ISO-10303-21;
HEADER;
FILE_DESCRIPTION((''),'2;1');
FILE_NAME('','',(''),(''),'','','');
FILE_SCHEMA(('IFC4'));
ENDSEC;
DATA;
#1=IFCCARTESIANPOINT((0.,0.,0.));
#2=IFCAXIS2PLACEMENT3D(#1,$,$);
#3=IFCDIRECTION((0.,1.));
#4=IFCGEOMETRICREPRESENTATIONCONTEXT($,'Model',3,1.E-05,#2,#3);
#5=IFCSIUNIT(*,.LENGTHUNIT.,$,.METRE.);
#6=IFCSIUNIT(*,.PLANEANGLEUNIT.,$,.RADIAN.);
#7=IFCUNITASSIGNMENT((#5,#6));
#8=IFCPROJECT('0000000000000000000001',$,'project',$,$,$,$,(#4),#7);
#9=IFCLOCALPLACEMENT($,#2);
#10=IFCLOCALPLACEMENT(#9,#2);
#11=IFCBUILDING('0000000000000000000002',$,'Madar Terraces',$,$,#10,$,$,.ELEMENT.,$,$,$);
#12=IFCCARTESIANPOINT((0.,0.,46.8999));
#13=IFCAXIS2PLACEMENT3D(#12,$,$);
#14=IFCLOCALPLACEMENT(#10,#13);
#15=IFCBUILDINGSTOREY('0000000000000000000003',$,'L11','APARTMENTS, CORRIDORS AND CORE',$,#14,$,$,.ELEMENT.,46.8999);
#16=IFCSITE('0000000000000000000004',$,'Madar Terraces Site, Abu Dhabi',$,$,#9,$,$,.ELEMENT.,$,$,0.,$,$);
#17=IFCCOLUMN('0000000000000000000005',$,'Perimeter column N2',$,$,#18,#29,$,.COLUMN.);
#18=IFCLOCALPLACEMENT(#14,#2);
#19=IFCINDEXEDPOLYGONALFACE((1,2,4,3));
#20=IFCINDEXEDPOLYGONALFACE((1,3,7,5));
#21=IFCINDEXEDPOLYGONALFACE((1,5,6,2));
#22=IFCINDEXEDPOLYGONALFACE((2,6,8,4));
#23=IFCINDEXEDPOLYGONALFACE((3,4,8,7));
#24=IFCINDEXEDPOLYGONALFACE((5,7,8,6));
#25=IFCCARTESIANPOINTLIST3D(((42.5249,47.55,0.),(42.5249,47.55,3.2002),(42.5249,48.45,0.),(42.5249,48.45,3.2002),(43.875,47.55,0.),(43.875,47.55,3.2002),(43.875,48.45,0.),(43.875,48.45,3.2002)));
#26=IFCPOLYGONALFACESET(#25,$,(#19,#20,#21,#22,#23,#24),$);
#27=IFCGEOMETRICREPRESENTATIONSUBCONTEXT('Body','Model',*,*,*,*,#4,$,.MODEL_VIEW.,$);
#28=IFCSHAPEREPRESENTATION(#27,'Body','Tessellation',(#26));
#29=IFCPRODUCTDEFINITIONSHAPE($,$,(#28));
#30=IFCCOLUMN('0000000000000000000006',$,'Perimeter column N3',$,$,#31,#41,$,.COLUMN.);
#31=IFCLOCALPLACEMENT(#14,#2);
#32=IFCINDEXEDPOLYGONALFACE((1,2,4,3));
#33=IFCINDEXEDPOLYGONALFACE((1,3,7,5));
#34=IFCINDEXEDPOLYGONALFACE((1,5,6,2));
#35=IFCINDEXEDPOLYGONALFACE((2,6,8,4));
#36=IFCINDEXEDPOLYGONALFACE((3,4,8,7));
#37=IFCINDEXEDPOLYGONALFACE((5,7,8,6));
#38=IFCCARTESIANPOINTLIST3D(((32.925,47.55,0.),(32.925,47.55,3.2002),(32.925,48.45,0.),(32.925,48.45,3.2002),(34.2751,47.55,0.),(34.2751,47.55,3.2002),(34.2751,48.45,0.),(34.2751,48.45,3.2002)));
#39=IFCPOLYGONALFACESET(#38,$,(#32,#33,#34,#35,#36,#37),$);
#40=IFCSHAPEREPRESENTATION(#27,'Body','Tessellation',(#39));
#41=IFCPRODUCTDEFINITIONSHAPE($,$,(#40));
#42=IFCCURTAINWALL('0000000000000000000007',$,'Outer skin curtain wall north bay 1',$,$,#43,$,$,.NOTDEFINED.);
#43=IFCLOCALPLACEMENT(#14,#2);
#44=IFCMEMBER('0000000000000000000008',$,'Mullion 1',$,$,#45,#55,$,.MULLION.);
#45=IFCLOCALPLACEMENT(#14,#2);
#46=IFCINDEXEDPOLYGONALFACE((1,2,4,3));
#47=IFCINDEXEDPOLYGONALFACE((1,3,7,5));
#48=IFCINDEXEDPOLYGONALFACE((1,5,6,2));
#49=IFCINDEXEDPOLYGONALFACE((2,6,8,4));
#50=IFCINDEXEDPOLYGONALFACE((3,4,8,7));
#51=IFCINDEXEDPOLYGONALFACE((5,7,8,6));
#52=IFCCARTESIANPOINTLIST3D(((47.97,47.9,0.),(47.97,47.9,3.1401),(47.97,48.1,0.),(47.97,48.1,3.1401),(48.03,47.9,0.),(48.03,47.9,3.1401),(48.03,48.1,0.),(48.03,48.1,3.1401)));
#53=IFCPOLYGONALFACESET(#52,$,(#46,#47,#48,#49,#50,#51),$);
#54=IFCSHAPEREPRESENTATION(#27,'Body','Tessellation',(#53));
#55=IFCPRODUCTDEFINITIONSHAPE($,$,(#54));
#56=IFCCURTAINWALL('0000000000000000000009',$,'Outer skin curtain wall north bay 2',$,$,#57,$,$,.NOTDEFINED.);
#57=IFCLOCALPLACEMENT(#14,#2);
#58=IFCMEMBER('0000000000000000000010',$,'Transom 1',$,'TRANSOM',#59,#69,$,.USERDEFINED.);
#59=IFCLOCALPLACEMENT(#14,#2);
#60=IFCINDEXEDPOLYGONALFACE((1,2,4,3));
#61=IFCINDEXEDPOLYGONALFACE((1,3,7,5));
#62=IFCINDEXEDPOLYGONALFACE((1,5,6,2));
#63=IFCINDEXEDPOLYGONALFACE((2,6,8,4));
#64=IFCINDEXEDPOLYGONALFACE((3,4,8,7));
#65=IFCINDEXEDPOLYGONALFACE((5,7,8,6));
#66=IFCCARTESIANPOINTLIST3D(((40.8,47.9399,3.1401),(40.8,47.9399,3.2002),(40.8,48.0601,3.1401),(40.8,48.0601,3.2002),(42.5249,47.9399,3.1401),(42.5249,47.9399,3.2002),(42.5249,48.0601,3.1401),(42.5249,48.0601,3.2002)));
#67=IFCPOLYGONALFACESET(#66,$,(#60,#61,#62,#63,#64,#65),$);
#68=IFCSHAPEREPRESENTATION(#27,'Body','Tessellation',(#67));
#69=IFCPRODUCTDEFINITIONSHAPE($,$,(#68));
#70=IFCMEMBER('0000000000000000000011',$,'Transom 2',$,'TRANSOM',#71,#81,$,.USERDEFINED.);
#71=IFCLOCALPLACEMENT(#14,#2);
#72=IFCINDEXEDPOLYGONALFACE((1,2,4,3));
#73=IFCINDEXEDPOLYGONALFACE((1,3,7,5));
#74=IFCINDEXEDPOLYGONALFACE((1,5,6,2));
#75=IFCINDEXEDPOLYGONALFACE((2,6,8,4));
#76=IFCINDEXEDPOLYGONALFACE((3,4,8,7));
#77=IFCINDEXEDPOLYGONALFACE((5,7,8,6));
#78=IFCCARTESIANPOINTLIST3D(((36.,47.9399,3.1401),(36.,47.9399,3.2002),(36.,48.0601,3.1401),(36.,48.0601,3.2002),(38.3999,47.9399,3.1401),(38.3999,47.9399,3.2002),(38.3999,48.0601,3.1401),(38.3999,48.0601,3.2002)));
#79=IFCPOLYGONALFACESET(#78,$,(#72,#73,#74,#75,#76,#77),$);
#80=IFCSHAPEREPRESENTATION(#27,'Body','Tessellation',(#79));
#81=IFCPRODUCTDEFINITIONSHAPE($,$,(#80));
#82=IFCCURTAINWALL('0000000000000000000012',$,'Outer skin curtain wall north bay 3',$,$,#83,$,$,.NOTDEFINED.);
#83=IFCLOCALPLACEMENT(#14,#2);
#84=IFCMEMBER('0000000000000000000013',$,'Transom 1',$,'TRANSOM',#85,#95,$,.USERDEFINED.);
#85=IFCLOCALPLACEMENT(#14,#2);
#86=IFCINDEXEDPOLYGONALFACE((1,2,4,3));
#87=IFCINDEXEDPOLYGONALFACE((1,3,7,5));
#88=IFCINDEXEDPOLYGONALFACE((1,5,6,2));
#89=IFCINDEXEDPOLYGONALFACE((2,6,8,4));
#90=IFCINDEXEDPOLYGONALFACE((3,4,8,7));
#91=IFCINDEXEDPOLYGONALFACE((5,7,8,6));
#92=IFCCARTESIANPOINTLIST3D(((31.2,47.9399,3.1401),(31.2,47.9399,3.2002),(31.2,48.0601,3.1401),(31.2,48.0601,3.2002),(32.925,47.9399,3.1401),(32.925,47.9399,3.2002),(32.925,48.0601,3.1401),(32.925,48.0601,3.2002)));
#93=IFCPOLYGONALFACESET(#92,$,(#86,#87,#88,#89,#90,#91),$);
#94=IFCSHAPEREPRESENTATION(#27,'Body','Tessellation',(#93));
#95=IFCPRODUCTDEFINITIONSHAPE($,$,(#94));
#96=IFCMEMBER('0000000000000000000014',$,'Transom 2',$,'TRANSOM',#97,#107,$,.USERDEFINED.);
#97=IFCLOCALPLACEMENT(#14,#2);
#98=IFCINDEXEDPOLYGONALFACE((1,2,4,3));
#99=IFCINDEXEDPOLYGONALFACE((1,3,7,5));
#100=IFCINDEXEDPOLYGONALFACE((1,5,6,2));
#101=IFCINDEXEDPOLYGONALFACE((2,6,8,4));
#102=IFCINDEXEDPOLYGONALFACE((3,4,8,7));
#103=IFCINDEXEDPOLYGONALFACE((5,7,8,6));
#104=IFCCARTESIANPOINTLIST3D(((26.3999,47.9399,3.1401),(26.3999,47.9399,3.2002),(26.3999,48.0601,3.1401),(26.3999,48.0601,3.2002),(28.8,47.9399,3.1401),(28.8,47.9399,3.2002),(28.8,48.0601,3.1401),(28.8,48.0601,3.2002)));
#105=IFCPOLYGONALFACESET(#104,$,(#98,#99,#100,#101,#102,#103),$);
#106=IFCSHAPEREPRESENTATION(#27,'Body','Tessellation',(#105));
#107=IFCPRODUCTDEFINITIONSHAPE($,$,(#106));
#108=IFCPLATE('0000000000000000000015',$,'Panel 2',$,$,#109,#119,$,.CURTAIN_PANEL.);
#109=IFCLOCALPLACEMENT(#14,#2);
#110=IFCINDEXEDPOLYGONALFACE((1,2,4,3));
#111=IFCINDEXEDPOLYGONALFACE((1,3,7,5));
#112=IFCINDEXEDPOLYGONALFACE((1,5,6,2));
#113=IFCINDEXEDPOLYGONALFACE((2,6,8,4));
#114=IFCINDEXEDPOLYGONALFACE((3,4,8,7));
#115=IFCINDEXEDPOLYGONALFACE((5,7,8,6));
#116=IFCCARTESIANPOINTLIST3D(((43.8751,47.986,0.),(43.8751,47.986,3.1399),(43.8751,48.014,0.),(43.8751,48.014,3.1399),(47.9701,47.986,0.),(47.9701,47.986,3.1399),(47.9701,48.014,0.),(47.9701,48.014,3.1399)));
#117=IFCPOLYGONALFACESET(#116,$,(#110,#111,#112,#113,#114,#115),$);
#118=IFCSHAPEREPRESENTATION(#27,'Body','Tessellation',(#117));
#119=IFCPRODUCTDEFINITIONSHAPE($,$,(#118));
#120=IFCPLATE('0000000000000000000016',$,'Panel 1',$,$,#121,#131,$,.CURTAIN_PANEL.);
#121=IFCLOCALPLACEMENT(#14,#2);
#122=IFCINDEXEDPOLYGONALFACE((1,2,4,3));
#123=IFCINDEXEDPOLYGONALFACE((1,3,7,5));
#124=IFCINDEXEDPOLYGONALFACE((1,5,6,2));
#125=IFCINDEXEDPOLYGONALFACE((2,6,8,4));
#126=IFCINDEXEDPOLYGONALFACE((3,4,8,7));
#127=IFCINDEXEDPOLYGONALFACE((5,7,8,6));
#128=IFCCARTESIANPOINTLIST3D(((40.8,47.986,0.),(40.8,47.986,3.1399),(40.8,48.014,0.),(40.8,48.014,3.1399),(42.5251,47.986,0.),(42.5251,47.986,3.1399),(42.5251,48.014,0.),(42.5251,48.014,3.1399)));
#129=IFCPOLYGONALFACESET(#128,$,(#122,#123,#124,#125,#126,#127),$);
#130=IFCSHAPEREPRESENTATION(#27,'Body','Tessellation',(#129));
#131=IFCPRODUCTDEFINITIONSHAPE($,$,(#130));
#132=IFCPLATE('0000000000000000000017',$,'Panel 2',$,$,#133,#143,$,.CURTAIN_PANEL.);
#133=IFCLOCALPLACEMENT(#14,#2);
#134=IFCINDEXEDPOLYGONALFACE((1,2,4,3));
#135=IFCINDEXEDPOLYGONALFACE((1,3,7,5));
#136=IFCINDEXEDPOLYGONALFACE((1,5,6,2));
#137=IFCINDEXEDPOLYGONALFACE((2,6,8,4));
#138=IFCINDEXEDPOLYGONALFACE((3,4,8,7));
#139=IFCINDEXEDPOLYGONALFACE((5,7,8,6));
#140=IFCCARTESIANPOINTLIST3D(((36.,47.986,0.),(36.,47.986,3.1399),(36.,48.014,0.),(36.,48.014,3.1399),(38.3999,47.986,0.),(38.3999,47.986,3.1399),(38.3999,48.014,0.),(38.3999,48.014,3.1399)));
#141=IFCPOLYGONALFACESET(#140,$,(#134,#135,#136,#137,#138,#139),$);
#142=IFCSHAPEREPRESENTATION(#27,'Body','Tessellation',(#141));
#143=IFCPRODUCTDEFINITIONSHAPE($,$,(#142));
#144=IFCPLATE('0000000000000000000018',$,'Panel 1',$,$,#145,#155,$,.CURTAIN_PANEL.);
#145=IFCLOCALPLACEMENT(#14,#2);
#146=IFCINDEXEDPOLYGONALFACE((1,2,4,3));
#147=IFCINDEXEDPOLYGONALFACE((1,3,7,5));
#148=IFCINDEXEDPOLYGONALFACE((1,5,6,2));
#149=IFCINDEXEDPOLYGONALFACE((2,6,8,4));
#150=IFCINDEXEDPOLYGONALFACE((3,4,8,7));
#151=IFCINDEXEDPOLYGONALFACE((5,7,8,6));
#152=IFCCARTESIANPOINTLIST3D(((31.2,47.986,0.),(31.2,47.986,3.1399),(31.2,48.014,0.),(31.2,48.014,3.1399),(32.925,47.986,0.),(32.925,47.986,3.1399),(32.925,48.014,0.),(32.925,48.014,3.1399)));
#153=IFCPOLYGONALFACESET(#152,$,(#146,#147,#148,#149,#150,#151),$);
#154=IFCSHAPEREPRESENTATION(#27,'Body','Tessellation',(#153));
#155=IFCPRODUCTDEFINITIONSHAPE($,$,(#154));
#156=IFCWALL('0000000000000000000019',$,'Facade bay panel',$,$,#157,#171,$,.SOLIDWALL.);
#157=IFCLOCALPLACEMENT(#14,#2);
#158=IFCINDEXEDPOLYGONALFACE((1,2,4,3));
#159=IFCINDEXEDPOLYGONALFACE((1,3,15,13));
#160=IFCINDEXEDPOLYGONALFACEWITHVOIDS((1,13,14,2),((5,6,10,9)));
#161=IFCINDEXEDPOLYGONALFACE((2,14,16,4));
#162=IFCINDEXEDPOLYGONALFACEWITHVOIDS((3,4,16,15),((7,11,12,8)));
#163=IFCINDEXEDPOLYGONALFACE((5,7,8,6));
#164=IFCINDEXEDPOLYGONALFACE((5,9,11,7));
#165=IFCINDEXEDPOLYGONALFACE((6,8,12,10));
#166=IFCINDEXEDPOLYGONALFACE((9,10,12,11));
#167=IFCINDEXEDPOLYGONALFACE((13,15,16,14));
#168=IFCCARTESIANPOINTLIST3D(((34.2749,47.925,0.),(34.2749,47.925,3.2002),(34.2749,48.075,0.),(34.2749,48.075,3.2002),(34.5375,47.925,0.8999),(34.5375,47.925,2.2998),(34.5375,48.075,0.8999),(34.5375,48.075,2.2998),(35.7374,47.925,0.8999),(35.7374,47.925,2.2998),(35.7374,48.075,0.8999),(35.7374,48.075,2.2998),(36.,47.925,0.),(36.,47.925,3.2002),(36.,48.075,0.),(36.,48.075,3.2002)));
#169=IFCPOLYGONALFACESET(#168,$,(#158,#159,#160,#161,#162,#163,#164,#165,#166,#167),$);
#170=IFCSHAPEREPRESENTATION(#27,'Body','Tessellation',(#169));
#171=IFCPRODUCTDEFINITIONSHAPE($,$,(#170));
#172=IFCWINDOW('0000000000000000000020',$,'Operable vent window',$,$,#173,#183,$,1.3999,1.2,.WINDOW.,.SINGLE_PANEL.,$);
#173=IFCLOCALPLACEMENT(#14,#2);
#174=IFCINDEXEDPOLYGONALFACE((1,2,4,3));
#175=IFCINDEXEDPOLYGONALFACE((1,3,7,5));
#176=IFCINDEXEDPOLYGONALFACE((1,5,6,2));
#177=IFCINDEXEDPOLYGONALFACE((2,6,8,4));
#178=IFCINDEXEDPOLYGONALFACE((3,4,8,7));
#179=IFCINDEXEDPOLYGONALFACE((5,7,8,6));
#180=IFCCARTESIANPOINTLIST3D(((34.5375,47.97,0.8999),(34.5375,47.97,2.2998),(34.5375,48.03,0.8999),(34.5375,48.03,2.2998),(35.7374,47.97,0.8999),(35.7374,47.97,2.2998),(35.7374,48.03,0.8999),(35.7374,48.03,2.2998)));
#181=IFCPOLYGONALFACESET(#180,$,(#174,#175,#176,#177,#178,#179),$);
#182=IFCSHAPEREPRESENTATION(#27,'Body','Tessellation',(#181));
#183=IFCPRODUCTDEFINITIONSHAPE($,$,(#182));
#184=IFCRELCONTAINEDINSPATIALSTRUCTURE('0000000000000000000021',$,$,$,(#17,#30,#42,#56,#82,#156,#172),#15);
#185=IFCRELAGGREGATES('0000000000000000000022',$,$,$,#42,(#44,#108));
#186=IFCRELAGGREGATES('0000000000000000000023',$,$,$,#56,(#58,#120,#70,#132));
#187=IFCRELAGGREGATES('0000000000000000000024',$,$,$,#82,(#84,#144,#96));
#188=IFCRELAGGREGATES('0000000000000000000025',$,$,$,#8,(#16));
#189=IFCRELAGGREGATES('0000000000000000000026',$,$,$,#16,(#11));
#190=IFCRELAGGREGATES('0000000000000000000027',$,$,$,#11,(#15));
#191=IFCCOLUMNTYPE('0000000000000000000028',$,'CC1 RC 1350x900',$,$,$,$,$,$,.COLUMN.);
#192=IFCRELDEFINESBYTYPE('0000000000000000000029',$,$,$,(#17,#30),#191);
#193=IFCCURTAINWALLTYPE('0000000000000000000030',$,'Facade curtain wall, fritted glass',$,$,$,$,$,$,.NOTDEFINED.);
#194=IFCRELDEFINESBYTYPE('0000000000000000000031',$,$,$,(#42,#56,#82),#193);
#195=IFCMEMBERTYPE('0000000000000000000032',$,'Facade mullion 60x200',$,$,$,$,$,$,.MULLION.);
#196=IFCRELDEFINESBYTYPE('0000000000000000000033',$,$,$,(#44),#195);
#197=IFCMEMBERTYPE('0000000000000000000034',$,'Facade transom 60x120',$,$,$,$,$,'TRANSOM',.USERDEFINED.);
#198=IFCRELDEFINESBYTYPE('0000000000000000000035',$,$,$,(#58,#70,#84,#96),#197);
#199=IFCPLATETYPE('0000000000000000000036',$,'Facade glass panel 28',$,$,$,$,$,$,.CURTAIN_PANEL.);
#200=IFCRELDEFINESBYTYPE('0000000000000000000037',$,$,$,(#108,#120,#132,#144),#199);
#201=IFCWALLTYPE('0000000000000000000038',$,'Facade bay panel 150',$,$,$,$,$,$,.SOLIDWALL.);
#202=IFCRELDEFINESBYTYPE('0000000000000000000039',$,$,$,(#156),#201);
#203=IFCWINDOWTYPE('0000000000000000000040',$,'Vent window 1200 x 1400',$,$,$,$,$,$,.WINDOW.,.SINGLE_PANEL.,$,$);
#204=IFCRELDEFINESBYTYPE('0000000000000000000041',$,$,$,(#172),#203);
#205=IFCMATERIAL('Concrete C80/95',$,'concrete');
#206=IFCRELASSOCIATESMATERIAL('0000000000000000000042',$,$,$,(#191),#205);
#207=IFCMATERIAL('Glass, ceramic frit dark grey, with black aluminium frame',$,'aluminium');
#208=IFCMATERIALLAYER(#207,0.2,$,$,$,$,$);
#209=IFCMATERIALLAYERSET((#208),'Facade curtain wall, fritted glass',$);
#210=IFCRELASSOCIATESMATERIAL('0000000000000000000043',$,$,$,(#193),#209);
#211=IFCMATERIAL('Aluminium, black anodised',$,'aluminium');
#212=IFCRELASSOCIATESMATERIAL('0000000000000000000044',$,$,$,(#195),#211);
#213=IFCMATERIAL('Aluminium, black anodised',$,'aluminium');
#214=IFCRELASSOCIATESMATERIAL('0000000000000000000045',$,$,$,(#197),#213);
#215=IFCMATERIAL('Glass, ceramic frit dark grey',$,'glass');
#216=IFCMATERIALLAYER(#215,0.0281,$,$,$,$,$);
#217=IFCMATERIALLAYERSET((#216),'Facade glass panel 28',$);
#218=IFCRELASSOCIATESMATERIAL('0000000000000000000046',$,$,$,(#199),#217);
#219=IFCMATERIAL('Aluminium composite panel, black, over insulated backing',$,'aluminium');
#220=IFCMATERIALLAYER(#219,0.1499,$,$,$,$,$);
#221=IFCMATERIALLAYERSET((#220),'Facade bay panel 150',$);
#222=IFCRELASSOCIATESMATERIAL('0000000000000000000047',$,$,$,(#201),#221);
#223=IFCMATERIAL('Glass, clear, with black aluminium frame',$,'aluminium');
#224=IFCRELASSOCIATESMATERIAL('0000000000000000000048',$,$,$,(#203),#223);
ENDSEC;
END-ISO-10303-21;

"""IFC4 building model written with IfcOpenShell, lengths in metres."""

from ifc_helpers import new_model, si_unit, direction, frame, frame_2d, origin, origin_2d, place, context, subcontext, project, spatial, rectangle, extrude, material, layer, layer_set, material_profile, profile_set, type_object, element, fill, aggregate, save


model = new_model("IFC4")

# Units and contexts
model_context = context("Model", 3, precision=1e-05, world=origin(), true_north=direction((0.0, 1.0)))
body_context = subcontext(model_context, "Body", "Model", "MODEL_VIEW")
ifc_project = project(units=[si_unit("LENGTHUNIT", "METRE"), si_unit("PLANEANGLEUNIT", "RADIAN")], contexts=[model_context])

# Site, building, storey
site_placement = place(None, origin())
site = spatial("IfcSite", under=ifc_project, at=site_placement, Name="Madar Terraces Site, Abu Dhabi", CompositionType="ELEMENT", RefElevation=0.0)
building_placement = place(site_placement, origin())
building = spatial("IfcBuilding", under=site, at=building_placement, Name="Madar Terraces", CompositionType="ELEMENT")
storey_placement = place(building_placement, frame((0.0, 0.0, 46.8999)))
storey = spatial("IfcBuildingStorey", under=building, at=storey_placement, Name="L11", Description="APARTMENTS, CORRIDORS AND CORE", CompositionType="ELEMENT", Elevation=46.8999)

# Columns
ifc_material_1 = material(Name="Concrete C80/95", Category="concrete")
ifc_material_profile_1 = material_profile(ifc_material_1, rectangle(XDim=1.3501, YDim=0.8999, at=origin_2d()), Name="CC1 RC 1350x900")
ifc_profile_set_1 = profile_set([ifc_material_profile_1], Name="Concrete C80/95")
column_type = type_object("IfcColumnType", Name="CC1 RC 1350x900", PredefinedType="COLUMN", material=ifc_profile_set_1)
for number, where, z_axis, x_axis, name in (
    (1, (43.2, 48.0, 0.0), (0.0, 0.0, 1.0), (1.0, 0.0, 0.0), "Perimeter column N2"),
    (2, (33.6001, 48.0, 0.0), (0.0, 0.0, 1.0), (1.0, 0.0, 0.0), "Perimeter column N3"),
):
    element("IfcColumn", number, at=place(storey_placement, frame(where, z_axis=z_axis, x_axis=x_axis)), inside=storey, type_object=column_type, Name=name, PredefinedType="COLUMN", context=body_context, shape_type="SweptSolid", body=[
        extrude(rectangle(XDim=1.3501, YDim=0.8999, at=origin_2d()), origin(), (0.0, 0.0, 1.0), 3.2002),
    ])

# Curtain wall, member
ifc_material_2 = material(Name="Glass, ceramic frit dark grey, with black aluminium frame", Category="aluminium")
ifc_layer_1 = layer(ifc_material_2, 0.2)
ifc_layer_set_1 = layer_set([ifc_layer_1], Name="Facade curtain wall, fritted glass")
curtain_wall_type = type_object("IfcCurtainWallType", Name="Facade curtain wall, fritted glass", PredefinedType="NOTDEFINED", material=ifc_layer_set_1)
curtain_wall_1_placement = place(storey_placement, origin())
curtain_wall_1 = element("IfcCurtainWall", 3, at=curtain_wall_1_placement, inside=storey, type_object=curtain_wall_type, Name="Outer skin curtain wall north bay 1", PredefinedType="NOTDEFINED")
ifc_material_3 = material(Name="Aluminium, black anodised", Category="aluminium")
ifc_material_profile_2 = material_profile(ifc_material_3, rectangle(XDim=0.2, YDim=0.0601, at=origin_2d()), Name="Facade mullion 60x200")
ifc_profile_set_2 = profile_set([ifc_material_profile_2], Name="Aluminium, black anodised")
member_type_1 = type_object("IfcMemberType", Name="Facade mullion 60x200", PredefinedType="MULLION", material=ifc_profile_set_2)
member_1_placement = place(storey_placement, frame((48.0, 48.0, 0.0), z_axis=(0.0, 0.0, 1.0), x_axis=(0.0, -1.0, 0.0)))
member_1 = element("IfcMember", 4, at=member_1_placement, type_object=member_type_1, Name="Mullion 1", PredefinedType="MULLION", context=body_context, shape_type="SweptSolid", body=[
    extrude(rectangle(XDim=0.2, YDim=0.0601, at=origin_2d()), origin(), (0.0, 0.0, 1.0), 3.1401),
])

# Curtain walls, members
curtain_wall_2_placement = place(storey_placement, origin())
curtain_wall_2 = element("IfcCurtainWall", 5, at=curtain_wall_2_placement, inside=storey, type_object=curtain_wall_type, Name="Outer skin curtain wall north bay 2", PredefinedType="NOTDEFINED")
ifc_material_4 = material(Name="Aluminium, black anodised", Category="aluminium")
ifc_material_profile_3 = material_profile(ifc_material_4, rectangle(XDim=0.1201, YDim=0.0601, at=origin_2d()), Name="Facade transom 60x120")
ifc_profile_set_3 = profile_set([ifc_material_profile_3], Name="Aluminium, black anodised")
member_type_2 = type_object("IfcMemberType", Name="Facade transom 60x120", ElementType="TRANSOM", PredefinedType="USERDEFINED", material=ifc_profile_set_3)
member_2_placement = place(storey_placement, frame((42.5249, 48.0, 3.1702), z_axis=(-1.0, 0.0, 0.0), x_axis=(0.0, -1.0, 0.0)))
member_2 = element("IfcMember", 6, at=member_2_placement, type_object=member_type_2, Name="Transom 1", ObjectType="TRANSOM", PredefinedType="USERDEFINED", context=body_context, shape_type="SweptSolid", body=[
    extrude(rectangle(XDim=0.1201, YDim=0.0601, at=origin_2d()), origin(), (0.0, 0.0, 1.0), 1.7249),
])
member_3_placement = place(storey_placement, frame((38.3999, 48.0, 3.1702), z_axis=(-1.0, 0.0, 0.0), x_axis=(0.0, -1.0, 0.0)))
member_3 = element("IfcMember", 7, at=member_3_placement, type_object=member_type_2, Name="Transom 2", ObjectType="TRANSOM", PredefinedType="USERDEFINED", context=body_context, shape_type="SweptSolid", body=[
    extrude(rectangle(XDim=0.1201, YDim=0.0601, at=origin_2d()), origin(), (0.0, 0.0, 1.0), 2.3999),
])
curtain_wall_3_placement = place(storey_placement, origin())
curtain_wall_3 = element("IfcCurtainWall", 8, at=curtain_wall_3_placement, inside=storey, type_object=curtain_wall_type, Name="Outer skin curtain wall north bay 3", PredefinedType="NOTDEFINED")
member_4_placement = place(storey_placement, frame((32.925, 48.0, 3.1702), z_axis=(-1.0, 0.0, 0.0), x_axis=(0.0, -1.0, 0.0)))
member_4 = element("IfcMember", 9, at=member_4_placement, type_object=member_type_2, Name="Transom 1", ObjectType="TRANSOM", PredefinedType="USERDEFINED", context=body_context, shape_type="SweptSolid", body=[
    extrude(rectangle(XDim=0.1201, YDim=0.0601, at=origin_2d()), origin(), (0.0, 0.0, 1.0), 1.7251),
])
member_5_placement = place(storey_placement, frame((28.8, 48.0, 3.1702), z_axis=(-1.0, 0.0, 0.0), x_axis=(0.0, -1.0, 0.0)))
member_5 = element("IfcMember", 10, at=member_5_placement, type_object=member_type_2, Name="Transom 2", ObjectType="TRANSOM", PredefinedType="USERDEFINED", context=body_context, shape_type="SweptSolid", body=[
    extrude(rectangle(XDim=0.1201, YDim=0.0601, at=origin_2d()), origin(), (0.0, 0.0, 1.0), 2.4001),
])

# Plates
ifc_material_5 = material(Name="Glass, ceramic frit dark grey", Category="glass")
ifc_layer_2 = layer(ifc_material_5, 0.0281)
ifc_layer_set_2 = layer_set([ifc_layer_2], Name="Facade glass panel 28")
plate_type = type_object("IfcPlateType", Name="Facade glass panel 28", PredefinedType="CURTAIN_PANEL", material=ifc_layer_set_2)
plate_1_placement = place(storey_placement, frame((45.9226, 48.0, 0.0), z_axis=(0.0, 0.0, 1.0), x_axis=(-1.0, 0.0, 0.0)))
plate_1 = element("IfcPlate", 11, at=plate_1_placement, type_object=plate_type, Name="Panel 2", PredefinedType="CURTAIN_PANEL", context=body_context, shape_type="SweptSolid", body=[
    extrude(rectangle(XDim=4.095, YDim=0.0281, at=origin_2d()), origin(), (0.0, 0.0, 1.0), 3.1399),
])
aggregate(curtain_wall_1, [member_1, plate_1])
plate_2_placement = place(storey_placement, frame((41.6626, 48.0, 0.0), z_axis=(0.0, 0.0, 1.0), x_axis=(-1.0, 0.0, 0.0)))
plate_2 = element("IfcPlate", 12, at=plate_2_placement, type_object=plate_type, Name="Panel 1", PredefinedType="CURTAIN_PANEL", context=body_context, shape_type="SweptSolid", body=[
    extrude(rectangle(XDim=1.7251, YDim=0.0281, at=origin_2d()), origin(), (0.0, 0.0, 1.0), 3.1399),
])
plate_3_placement = place(storey_placement, frame((37.2, 48.0, 0.0), z_axis=(0.0, 0.0, 1.0), x_axis=(-1.0, 0.0, 0.0)))
plate_3 = element("IfcPlate", 13, at=plate_3_placement, type_object=plate_type, Name="Panel 2", PredefinedType="CURTAIN_PANEL", context=body_context, shape_type="SweptSolid", body=[
    extrude(rectangle(XDim=2.3999, YDim=0.0281, at=origin_2d()), origin(), (0.0, 0.0, 1.0), 3.1399),
])
aggregate(curtain_wall_2, [member_2, plate_2, member_3, plate_3])
plate_4_placement = place(storey_placement, frame((32.0625, 48.0, 0.0), z_axis=(0.0, 0.0, 1.0), x_axis=(-1.0, 0.0, 0.0)))
plate_4 = element("IfcPlate", 14, at=plate_4_placement, type_object=plate_type, Name="Panel 1", PredefinedType="CURTAIN_PANEL", context=body_context, shape_type="SweptSolid", body=[
    extrude(rectangle(XDim=1.7251, YDim=0.0281, at=origin_2d()), origin(), (0.0, 0.0, 1.0), 3.1399),
])
aggregate(curtain_wall_3, [member_4, plate_4, member_5])

# Shared definitions
ifc_material_6 = material(Name="Aluminium composite panel, black, over insulated backing", Category="aluminium")
ifc_layer_3 = layer(ifc_material_6, 0.1499)
ifc_layer_set_3 = layer_set([ifc_layer_3], Name="Facade bay panel 150")
wall_type_1 = type_object("IfcWallType", Name="Facade bay panel 150", PredefinedType="SOLIDWALL", material=ifc_layer_set_3)

# Wall, opening, window
wall_1_placement = place(storey_placement, frame((36.0, 48.0, 0.0), z_axis=(0.0, 0.0, 1.0), x_axis=(-1.0, 0.0, 0.0)))
wall_1 = element("IfcWall", 15, at=wall_1_placement, inside=storey, type_object=wall_type_1, Name="Facade bay panel", PredefinedType="SOLIDWALL", context=body_context, shape_type="SweptSolid", body=[
    extrude(rectangle(XDim=1.7251, YDim=0.1499, at=frame_2d((0.8625, 0.0))), origin(), (0.0, 0.0, 1.0), 3.2002),
])
opening_1_placement = place(wall_1_placement, frame((0.2625, 0.0, 0.8999)))
opening_1 = element("IfcOpeningElement", 16, at=opening_1_placement, cuts=wall_1, PredefinedType="OPENING", context=body_context, shape_type="SweptSolid", body=[
    extrude(rectangle(XDim=1.2, YDim=1.3999, at=frame_2d((0.6001, 0.7))), frame((0.0, 0.085, 0.0), z_axis=(0.0, -1.0, 0.0), x_axis=(1.0, 0.0, 0.0)), (0.0, 0.0, 1.0), 0.1699),
])
ifc_material_7 = material(Name="Glass, clear, with black aluminium frame", Category="aluminium")
window_type = type_object("IfcWindowType", Name="Vent window 1200 x 1400", PartitioningType="SINGLE_PANEL", PredefinedType="WINDOW", material=ifc_material_7)
window_placement = place(opening_1_placement, origin())
window = element("IfcWindow", 17, at=window_placement, inside=storey, type_object=window_type, Name="Operable vent window", OverallHeight=1.3999, OverallWidth=1.2, PartitioningType="SINGLE_PANEL", PredefinedType="WINDOW", context=body_context, shape_type="SweptSolid", body=[
    extrude(rectangle(XDim=1.2, YDim=1.3999, at=frame_2d((0.6001, 0.7))), frame((0.0, 0.03, 0.0), z_axis=(0.0, -1.0, 0.0), x_axis=(1.0, 0.0, 0.0)), (0.0, 0.0, 1.0), 0.0601),
])
fill(opening_1, window)

save(model, "model.ifc")
